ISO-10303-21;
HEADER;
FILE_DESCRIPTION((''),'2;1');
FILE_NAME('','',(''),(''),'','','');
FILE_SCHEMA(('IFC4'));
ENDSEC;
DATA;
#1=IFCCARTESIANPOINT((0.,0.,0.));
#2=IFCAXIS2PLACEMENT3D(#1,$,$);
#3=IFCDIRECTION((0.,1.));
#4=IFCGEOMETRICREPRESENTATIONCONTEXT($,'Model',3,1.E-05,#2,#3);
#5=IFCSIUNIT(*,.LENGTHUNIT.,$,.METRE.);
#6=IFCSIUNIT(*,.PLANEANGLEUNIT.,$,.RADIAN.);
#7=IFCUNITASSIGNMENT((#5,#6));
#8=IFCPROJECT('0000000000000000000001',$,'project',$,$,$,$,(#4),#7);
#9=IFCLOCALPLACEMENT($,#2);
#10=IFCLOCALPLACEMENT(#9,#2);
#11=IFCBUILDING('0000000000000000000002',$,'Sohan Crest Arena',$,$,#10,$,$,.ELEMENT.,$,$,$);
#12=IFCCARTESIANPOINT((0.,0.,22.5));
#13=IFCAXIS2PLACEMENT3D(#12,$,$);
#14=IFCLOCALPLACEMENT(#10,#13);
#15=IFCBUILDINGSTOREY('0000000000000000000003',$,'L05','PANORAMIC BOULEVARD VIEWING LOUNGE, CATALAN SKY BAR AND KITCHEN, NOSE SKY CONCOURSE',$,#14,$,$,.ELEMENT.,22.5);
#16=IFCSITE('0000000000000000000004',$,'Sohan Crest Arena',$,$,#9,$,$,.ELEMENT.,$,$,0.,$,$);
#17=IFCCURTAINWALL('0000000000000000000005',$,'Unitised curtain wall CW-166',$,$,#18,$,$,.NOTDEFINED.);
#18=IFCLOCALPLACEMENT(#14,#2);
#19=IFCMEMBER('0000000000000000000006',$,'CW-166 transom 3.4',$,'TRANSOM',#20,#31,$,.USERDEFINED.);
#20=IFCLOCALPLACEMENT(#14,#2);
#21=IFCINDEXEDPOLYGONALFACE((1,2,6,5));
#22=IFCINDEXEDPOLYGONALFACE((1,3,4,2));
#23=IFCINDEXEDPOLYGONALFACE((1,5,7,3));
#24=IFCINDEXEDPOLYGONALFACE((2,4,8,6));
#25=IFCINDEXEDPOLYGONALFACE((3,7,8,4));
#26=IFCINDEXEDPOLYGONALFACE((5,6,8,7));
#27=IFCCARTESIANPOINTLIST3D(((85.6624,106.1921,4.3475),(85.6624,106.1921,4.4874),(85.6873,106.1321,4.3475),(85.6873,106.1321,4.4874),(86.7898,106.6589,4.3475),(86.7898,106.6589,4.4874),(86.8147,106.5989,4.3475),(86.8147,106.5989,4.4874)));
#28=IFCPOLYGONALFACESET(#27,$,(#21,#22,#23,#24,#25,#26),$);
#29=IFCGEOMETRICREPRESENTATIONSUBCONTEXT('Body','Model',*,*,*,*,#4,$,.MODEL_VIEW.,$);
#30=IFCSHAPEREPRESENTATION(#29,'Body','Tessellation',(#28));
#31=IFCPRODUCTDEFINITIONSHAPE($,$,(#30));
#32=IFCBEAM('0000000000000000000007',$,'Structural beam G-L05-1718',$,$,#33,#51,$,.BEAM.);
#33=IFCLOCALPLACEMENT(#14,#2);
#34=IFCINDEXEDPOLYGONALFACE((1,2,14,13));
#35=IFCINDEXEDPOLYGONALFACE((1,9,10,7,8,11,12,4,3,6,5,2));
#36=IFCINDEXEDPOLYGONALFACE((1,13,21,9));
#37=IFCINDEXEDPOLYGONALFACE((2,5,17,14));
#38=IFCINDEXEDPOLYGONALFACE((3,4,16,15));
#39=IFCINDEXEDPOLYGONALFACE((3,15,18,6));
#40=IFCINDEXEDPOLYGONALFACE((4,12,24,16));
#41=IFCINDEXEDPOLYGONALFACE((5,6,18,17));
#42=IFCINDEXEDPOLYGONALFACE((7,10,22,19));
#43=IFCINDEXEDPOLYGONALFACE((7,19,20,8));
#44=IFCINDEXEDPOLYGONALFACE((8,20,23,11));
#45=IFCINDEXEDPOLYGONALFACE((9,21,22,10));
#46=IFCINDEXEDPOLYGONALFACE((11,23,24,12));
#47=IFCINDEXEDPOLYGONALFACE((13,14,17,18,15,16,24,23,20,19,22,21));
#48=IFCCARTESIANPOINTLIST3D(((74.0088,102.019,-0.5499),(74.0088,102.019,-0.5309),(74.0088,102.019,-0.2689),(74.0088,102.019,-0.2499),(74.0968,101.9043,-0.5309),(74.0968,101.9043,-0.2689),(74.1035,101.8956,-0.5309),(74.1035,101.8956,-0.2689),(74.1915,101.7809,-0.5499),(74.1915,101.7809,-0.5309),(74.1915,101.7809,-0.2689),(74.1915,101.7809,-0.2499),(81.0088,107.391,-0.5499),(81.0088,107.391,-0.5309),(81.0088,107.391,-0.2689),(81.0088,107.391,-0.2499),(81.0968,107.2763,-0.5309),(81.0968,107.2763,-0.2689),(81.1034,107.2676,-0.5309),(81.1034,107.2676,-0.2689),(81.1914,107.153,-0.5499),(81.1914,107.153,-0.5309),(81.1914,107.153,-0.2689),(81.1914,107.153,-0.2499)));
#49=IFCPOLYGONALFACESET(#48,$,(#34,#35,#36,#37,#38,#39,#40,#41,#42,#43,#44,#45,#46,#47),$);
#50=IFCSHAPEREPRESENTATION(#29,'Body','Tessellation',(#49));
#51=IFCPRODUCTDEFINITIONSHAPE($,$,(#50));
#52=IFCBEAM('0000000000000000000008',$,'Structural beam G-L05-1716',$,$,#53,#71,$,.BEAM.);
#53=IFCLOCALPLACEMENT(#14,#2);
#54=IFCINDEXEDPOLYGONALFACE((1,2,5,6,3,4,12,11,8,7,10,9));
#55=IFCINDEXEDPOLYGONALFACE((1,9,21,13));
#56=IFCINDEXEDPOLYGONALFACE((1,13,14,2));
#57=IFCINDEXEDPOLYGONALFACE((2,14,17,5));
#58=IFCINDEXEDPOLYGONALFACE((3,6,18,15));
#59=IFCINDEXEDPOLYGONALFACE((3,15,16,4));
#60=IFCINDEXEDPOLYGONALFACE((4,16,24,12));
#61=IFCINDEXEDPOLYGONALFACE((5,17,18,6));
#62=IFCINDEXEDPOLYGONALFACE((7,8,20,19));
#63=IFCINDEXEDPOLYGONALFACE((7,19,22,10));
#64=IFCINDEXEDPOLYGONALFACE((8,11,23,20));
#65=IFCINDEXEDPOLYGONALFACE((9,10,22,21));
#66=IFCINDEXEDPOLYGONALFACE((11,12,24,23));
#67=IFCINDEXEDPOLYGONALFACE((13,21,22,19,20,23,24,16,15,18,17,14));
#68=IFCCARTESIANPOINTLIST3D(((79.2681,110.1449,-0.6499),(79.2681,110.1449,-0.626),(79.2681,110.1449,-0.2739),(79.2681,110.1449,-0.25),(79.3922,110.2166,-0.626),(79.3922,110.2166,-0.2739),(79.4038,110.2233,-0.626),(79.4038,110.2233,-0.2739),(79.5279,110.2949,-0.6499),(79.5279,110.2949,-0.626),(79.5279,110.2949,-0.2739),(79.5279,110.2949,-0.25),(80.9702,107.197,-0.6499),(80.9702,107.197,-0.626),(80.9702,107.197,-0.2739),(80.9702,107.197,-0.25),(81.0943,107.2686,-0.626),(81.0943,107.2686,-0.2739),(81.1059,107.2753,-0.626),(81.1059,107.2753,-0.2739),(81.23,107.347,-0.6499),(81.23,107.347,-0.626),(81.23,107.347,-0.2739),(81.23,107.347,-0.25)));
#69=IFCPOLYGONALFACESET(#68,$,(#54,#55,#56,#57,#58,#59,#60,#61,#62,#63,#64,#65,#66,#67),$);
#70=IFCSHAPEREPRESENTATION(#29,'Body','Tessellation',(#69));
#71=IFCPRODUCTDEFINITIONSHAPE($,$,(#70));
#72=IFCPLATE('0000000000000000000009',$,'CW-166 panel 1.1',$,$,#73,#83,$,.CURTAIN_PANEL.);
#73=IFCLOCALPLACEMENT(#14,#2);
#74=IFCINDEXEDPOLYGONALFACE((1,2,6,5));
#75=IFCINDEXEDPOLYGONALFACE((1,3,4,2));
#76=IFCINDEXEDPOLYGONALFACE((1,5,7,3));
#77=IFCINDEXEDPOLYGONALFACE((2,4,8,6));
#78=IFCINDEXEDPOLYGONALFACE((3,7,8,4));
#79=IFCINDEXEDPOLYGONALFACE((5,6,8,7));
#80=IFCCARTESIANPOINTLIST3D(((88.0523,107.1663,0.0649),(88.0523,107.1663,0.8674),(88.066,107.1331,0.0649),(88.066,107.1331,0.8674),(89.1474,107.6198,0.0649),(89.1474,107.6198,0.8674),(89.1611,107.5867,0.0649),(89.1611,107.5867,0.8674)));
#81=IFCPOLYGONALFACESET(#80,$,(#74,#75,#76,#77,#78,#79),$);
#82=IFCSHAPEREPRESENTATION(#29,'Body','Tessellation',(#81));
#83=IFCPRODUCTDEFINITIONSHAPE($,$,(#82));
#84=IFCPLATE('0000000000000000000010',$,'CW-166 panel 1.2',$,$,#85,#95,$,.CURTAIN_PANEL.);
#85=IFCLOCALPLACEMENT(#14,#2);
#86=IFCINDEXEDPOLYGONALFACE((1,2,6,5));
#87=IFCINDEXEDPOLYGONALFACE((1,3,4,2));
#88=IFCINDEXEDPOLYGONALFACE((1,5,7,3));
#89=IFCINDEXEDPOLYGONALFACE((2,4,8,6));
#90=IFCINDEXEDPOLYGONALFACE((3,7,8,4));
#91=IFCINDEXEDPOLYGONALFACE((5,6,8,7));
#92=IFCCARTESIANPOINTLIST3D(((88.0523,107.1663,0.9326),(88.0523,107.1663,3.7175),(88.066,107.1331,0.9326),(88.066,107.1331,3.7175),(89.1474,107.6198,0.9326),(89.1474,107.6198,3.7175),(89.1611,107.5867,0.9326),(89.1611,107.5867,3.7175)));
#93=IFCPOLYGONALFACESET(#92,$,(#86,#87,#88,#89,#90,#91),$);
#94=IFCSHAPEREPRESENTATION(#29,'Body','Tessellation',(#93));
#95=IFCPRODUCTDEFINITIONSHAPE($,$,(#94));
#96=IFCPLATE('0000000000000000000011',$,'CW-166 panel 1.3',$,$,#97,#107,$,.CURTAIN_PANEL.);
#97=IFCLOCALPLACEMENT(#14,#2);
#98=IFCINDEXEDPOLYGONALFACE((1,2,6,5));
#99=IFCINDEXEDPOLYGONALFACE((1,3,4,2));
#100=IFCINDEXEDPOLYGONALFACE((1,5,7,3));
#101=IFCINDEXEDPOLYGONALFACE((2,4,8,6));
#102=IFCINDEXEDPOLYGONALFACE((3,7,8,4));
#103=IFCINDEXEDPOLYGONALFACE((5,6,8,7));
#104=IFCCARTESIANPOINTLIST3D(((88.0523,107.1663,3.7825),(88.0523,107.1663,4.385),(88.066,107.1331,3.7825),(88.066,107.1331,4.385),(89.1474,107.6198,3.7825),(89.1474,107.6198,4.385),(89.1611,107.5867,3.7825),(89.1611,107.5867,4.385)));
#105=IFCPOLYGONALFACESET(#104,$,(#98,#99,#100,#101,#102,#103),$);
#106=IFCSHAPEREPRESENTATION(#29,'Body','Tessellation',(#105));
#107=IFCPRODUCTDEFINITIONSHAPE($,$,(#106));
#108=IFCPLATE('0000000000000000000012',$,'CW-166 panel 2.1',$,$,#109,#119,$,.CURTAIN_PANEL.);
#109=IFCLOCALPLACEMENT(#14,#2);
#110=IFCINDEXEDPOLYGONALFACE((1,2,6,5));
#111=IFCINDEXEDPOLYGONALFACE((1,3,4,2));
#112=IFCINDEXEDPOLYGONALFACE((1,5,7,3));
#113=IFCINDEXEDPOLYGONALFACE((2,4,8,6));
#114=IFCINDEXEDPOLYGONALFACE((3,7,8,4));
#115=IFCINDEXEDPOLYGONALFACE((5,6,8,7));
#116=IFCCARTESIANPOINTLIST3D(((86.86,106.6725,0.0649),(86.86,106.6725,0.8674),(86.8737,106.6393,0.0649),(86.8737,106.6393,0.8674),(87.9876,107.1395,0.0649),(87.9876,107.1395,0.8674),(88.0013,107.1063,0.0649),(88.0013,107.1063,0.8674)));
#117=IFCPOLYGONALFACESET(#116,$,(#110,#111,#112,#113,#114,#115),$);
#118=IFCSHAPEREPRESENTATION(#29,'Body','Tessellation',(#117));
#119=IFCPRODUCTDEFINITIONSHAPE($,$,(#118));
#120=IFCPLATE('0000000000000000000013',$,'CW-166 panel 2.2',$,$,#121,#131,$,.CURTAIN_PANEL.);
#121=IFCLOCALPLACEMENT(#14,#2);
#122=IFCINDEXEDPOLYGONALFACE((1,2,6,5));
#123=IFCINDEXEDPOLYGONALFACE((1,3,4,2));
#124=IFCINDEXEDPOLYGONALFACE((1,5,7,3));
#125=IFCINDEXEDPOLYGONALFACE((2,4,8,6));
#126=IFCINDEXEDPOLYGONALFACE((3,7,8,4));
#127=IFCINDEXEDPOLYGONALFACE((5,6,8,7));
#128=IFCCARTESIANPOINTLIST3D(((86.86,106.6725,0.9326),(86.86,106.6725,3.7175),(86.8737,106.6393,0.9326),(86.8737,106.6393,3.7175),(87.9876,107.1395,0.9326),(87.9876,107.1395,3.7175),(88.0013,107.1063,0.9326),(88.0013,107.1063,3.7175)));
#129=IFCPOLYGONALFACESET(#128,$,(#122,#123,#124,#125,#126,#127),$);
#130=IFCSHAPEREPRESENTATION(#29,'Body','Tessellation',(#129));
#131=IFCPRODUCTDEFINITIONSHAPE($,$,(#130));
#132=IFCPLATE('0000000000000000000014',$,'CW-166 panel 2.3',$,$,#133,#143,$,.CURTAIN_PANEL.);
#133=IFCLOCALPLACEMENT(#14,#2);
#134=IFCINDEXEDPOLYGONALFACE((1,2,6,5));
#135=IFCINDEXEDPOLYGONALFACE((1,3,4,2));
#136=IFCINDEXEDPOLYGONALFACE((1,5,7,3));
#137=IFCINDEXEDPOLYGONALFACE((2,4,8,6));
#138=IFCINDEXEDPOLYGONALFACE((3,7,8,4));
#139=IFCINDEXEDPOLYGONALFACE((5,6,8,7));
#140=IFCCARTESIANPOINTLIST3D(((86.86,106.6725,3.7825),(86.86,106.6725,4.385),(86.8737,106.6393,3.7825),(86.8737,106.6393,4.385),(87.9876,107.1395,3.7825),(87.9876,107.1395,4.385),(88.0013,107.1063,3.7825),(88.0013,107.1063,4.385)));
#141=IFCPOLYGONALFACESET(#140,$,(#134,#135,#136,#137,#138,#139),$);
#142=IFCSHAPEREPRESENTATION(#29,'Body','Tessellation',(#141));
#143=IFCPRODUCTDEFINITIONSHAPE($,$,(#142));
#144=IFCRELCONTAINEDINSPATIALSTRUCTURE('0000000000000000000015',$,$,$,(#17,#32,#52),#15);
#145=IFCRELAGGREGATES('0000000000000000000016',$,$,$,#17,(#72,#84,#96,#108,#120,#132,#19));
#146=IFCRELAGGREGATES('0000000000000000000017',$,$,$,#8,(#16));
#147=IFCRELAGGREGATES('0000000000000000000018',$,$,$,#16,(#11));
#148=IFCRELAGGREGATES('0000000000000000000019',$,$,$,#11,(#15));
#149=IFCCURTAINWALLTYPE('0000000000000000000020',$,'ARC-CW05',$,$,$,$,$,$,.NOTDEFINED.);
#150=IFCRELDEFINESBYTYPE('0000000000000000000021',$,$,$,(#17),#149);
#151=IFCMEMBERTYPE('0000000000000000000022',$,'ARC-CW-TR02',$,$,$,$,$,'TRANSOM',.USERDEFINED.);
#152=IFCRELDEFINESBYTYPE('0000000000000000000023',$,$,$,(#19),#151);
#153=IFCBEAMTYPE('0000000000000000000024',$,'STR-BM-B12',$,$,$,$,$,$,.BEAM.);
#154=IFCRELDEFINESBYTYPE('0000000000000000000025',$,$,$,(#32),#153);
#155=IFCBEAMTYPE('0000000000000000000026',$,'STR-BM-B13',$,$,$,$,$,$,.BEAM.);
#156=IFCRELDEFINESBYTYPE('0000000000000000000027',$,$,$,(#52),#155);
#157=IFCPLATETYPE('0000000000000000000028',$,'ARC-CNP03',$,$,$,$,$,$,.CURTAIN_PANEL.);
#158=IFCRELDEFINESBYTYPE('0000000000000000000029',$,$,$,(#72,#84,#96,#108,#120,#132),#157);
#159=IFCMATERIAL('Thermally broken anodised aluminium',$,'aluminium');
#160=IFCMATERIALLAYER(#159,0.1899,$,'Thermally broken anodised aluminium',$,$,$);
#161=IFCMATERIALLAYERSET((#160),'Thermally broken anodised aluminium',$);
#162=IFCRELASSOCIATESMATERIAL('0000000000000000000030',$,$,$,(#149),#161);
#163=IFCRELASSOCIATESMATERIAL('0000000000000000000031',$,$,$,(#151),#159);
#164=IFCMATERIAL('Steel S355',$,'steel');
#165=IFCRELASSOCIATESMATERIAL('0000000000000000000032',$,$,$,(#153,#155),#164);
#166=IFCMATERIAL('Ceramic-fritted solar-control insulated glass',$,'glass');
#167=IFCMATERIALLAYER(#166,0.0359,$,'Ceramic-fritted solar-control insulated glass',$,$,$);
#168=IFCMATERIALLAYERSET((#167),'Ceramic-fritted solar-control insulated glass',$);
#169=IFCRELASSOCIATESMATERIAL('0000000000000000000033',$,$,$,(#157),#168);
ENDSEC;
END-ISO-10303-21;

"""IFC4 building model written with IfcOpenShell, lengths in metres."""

from ifc_helpers import new_model, si_unit, direction, frame, origin, origin_2d, place, context, subcontext, project, spatial, rectangle, i_section, extrude, material, layer, layer_set, material_profile, profile_set, type_object, element, aggregate, save


model = new_model("IFC4")

# Units and contexts
model_context = context("Model", 3, precision=1e-05, world=origin(), true_north=direction((0.0, 1.0)))
body_context = subcontext(model_context, "Body", "Model", "MODEL_VIEW")
ifc_project = project(units=[si_unit("LENGTHUNIT", "METRE"), si_unit("PLANEANGLEUNIT", "RADIAN")], contexts=[model_context])

# Site, building, storey
site_placement = place(None, origin())
site = spatial("IfcSite", under=ifc_project, at=site_placement, Name="Sohan Crest Arena", CompositionType="ELEMENT", RefElevation=0.0)
building_placement = place(site_placement, origin())
building = spatial("IfcBuilding", under=site, at=building_placement, Name="Sohan Crest Arena", CompositionType="ELEMENT")
storey_placement = place(building_placement, frame((0.0, 0.0, 22.5)))
storey = spatial("IfcBuildingStorey", under=building, at=storey_placement, Name="L05", Description="PANORAMIC BOULEVARD VIEWING LOUNGE, CATALAN SKY BAR AND KITCHEN, NOSE SKY CONCOURSE", CompositionType="ELEMENT", Elevation=22.5)

# Shared definitions
ifc_material_1 = material(Name="Steel S355", Category="steel")

# Curtain wall, member
ifc_material_2 = material(Name="Thermally broken anodised aluminium", Category="aluminium")
ifc_layer_1 = layer(ifc_material_2, 0.1899, Name="Thermally broken anodised aluminium")
ifc_layer_set_1 = layer_set([ifc_layer_1], Name="Thermally broken anodised aluminium")
curtain_wall_type = type_object("IfcCurtainWallType", Name="ARC-CW05", PredefinedType="NOTDEFINED", material=ifc_layer_set_1)
curtain_wall_placement = place(storey_placement, origin())
curtain_wall = element("IfcCurtainWall", 1, at=curtain_wall_placement, inside=storey, type_object=curtain_wall_type, Name="Unitised curtain wall CW-166", PredefinedType="NOTDEFINED")
ifc_material_profile_1 = material_profile(ifc_material_2, rectangle(XDim=0.0649, YDim=0.1399, at=origin_2d()), Name="ALU-TRAN 65x140")
ifc_profile_set_1 = profile_set([ifc_material_profile_1], Name="Thermally broken anodised aluminium")
member_type_1 = type_object("IfcMemberType", Name="ARC-CW-TR02", ElementType="TRANSOM", PredefinedType="USERDEFINED", material=ifc_profile_set_1)
member_1_placement = place(storey_placement, frame((86.8022, 106.6289, 4.4175), z_axis=(-0.923939, -0.38254, 0.0), x_axis=(0.38254, -0.923939, 0.0)))
member_1 = element("IfcMember", 2, at=member_1_placement, type_object=member_type_1, Name="CW-166 transom 3.4", ObjectType="TRANSOM", PredefinedType="USERDEFINED", context=body_context, shape_type="SweptSolid", body=[
    extrude(rectangle(XDim=0.0649, YDim=0.1399, at=origin_2d()), origin(), (0.0, 0.0, 1.0), 1.2202),
])

# Beams
ifc_material_profile_2 = material_profile(ifc_material_1, i_section(OverallWidth=0.3, OverallDepth=0.3, WebThickness=0.011, FlangeThickness=0.019, at=origin_2d()), Name="HEB 300")
ifc_profile_set_2 = profile_set([ifc_material_profile_2], Name="Steel S355")
beam_type_1 = type_object("IfcBeamType", Name="STR-BM-B12", PredefinedType="BEAM", material=ifc_profile_set_2)
beam_1_placement = place(storey_placement, frame((81.1001, 107.272, -0.3999), z_axis=(-0.793311, -0.608817, 0.0), x_axis=(0.608817, -0.793311, 0.0)))
element("IfcBeam", 3, at=beam_1_placement, inside=storey, type_object=beam_type_1, Name="Structural beam G-L05-1718", PredefinedType="BEAM", context=body_context, shape_type="SweptSolid", body=[
    extrude(i_section(OverallWidth=0.3, OverallDepth=0.3, WebThickness=0.011, FlangeThickness=0.019, at=origin_2d()), origin(), (0.0, 0.0, 1.0), 8.8237),
])
ifc_material_profile_3 = material_profile(ifc_material_1, i_section(OverallWidth=0.3, OverallDepth=0.3999, WebThickness=0.0134, FlangeThickness=0.0239, at=origin_2d()), Name="HEB 400")
ifc_profile_set_3 = profile_set([ifc_material_profile_3], Name="Steel S355")
beam_type_2 = type_object("IfcBeamType", Name="STR-BM-B13", PredefinedType="BEAM", material=ifc_profile_set_3)
beam_2_placement = place(storey_placement, frame((81.1001, 107.272, -0.45), z_axis=(-0.500027, 0.86601, 0.0), x_axis=(-0.86601, -0.500027, 0.0)))
element("IfcBeam", 4, at=beam_2_placement, inside=storey, type_object=beam_type_2, Name="Structural beam G-L05-1716", PredefinedType="BEAM", context=body_context, shape_type="SweptSolid", body=[
    extrude(i_section(OverallWidth=0.3, OverallDepth=0.3999, WebThickness=0.0134, FlangeThickness=0.0239, at=origin_2d()), origin(), (0.0, 0.0, 1.0), 3.4041),
])

# Plates
ifc_material_3 = material(Name="Ceramic-fritted solar-control insulated glass", Category="glass")
ifc_layer_2 = layer(ifc_material_3, 0.0359, Name="Ceramic-fritted solar-control insulated glass")
ifc_layer_set_2 = layer_set([ifc_layer_2], Name="Ceramic-fritted solar-control insulated glass")
plate_type = type_object("IfcPlateType", Name="ARC-CNP03", PredefinedType="CURTAIN_PANEL", material=ifc_layer_set_2)
plate_1_placement = place(storey_placement, frame((88.6067, 107.3765, 0.0649), z_axis=(0.0, 0.0, 1.0), x_axis=(-0.923886, -0.382667, 0.0)))
plate_1 = element("IfcPlate", 5, at=plate_1_placement, type_object=plate_type, Name="CW-166 panel 1.1", PredefinedType="CURTAIN_PANEL", context=body_context, shape_type="SweptSolid", body=[
    extrude(rectangle(XDim=1.1853, YDim=0.0359, at=origin_2d()), origin(), (0.0, 0.0, 1.0), 0.8025),
])
plate_2_placement = place(storey_placement, frame((88.6067, 107.3765, 0.9326), z_axis=(0.0, 0.0, 1.0), x_axis=(-0.923886, -0.382667, 0.0)))
plate_2 = element("IfcPlate", 6, at=plate_2_placement, type_object=plate_type, Name="CW-166 panel 1.2", PredefinedType="CURTAIN_PANEL", context=body_context, shape_type="SweptSolid", body=[
    extrude(rectangle(XDim=1.1853, YDim=0.0359, at=origin_2d()), origin(), (0.0, 0.0, 1.0), 2.7849),
])
plate_3_placement = place(storey_placement, frame((88.6067, 107.3765, 3.7825), z_axis=(0.0, 0.0, 1.0), x_axis=(-0.923886, -0.382667, 0.0)))
plate_3 = element("IfcPlate", 7, at=plate_3_placement, type_object=plate_type, Name="CW-166 panel 1.3", PredefinedType="CURTAIN_PANEL", context=body_context, shape_type="SweptSolid", body=[
    extrude(rectangle(XDim=1.1853, YDim=0.0359, at=origin_2d()), origin(), (0.0, 0.0, 1.0), 0.6025),
])
plate_4_placement = place(storey_placement, frame((87.4307, 106.8894, 0.0649), z_axis=(0.0, 0.0, 1.0), x_axis=(-0.923886, -0.382667, 0.0)))
plate_4 = element("IfcPlate", 8, at=plate_4_placement, type_object=plate_type, Name="CW-166 panel 2.1", PredefinedType="CURTAIN_PANEL", context=body_context, shape_type="SweptSolid", body=[
    extrude(rectangle(XDim=1.2205, YDim=0.0359, at=origin_2d()), origin(), (0.0, 0.0, 1.0), 0.8025),
])
plate_5_placement = place(storey_placement, frame((87.4307, 106.8894, 0.9326), z_axis=(0.0, 0.0, 1.0), x_axis=(-0.923886, -0.382667, 0.0)))
plate_5 = element("IfcPlate", 9, at=plate_5_placement, type_object=plate_type, Name="CW-166 panel 2.2", PredefinedType="CURTAIN_PANEL", context=body_context, shape_type="SweptSolid", body=[
    extrude(rectangle(XDim=1.2205, YDim=0.0359, at=origin_2d()), origin(), (0.0, 0.0, 1.0), 2.7849),
])
plate_6_placement = place(storey_placement, frame((87.4307, 106.8894, 3.7825), z_axis=(0.0, 0.0, 1.0), x_axis=(-0.923886, -0.382667, 0.0)))
plate_6 = element("IfcPlate", 10, at=plate_6_placement, type_object=plate_type, Name="CW-166 panel 2.3", PredefinedType="CURTAIN_PANEL", context=body_context, shape_type="SweptSolid", body=[
    extrude(rectangle(XDim=1.2205, YDim=0.0359, at=origin_2d()), origin(), (0.0, 0.0, 1.0), 0.6025),
])
aggregate(curtain_wall, [plate_1, plate_2, plate_3, plate_4, plate_5, plate_6, member_1])

save(model, "model.ifc")
